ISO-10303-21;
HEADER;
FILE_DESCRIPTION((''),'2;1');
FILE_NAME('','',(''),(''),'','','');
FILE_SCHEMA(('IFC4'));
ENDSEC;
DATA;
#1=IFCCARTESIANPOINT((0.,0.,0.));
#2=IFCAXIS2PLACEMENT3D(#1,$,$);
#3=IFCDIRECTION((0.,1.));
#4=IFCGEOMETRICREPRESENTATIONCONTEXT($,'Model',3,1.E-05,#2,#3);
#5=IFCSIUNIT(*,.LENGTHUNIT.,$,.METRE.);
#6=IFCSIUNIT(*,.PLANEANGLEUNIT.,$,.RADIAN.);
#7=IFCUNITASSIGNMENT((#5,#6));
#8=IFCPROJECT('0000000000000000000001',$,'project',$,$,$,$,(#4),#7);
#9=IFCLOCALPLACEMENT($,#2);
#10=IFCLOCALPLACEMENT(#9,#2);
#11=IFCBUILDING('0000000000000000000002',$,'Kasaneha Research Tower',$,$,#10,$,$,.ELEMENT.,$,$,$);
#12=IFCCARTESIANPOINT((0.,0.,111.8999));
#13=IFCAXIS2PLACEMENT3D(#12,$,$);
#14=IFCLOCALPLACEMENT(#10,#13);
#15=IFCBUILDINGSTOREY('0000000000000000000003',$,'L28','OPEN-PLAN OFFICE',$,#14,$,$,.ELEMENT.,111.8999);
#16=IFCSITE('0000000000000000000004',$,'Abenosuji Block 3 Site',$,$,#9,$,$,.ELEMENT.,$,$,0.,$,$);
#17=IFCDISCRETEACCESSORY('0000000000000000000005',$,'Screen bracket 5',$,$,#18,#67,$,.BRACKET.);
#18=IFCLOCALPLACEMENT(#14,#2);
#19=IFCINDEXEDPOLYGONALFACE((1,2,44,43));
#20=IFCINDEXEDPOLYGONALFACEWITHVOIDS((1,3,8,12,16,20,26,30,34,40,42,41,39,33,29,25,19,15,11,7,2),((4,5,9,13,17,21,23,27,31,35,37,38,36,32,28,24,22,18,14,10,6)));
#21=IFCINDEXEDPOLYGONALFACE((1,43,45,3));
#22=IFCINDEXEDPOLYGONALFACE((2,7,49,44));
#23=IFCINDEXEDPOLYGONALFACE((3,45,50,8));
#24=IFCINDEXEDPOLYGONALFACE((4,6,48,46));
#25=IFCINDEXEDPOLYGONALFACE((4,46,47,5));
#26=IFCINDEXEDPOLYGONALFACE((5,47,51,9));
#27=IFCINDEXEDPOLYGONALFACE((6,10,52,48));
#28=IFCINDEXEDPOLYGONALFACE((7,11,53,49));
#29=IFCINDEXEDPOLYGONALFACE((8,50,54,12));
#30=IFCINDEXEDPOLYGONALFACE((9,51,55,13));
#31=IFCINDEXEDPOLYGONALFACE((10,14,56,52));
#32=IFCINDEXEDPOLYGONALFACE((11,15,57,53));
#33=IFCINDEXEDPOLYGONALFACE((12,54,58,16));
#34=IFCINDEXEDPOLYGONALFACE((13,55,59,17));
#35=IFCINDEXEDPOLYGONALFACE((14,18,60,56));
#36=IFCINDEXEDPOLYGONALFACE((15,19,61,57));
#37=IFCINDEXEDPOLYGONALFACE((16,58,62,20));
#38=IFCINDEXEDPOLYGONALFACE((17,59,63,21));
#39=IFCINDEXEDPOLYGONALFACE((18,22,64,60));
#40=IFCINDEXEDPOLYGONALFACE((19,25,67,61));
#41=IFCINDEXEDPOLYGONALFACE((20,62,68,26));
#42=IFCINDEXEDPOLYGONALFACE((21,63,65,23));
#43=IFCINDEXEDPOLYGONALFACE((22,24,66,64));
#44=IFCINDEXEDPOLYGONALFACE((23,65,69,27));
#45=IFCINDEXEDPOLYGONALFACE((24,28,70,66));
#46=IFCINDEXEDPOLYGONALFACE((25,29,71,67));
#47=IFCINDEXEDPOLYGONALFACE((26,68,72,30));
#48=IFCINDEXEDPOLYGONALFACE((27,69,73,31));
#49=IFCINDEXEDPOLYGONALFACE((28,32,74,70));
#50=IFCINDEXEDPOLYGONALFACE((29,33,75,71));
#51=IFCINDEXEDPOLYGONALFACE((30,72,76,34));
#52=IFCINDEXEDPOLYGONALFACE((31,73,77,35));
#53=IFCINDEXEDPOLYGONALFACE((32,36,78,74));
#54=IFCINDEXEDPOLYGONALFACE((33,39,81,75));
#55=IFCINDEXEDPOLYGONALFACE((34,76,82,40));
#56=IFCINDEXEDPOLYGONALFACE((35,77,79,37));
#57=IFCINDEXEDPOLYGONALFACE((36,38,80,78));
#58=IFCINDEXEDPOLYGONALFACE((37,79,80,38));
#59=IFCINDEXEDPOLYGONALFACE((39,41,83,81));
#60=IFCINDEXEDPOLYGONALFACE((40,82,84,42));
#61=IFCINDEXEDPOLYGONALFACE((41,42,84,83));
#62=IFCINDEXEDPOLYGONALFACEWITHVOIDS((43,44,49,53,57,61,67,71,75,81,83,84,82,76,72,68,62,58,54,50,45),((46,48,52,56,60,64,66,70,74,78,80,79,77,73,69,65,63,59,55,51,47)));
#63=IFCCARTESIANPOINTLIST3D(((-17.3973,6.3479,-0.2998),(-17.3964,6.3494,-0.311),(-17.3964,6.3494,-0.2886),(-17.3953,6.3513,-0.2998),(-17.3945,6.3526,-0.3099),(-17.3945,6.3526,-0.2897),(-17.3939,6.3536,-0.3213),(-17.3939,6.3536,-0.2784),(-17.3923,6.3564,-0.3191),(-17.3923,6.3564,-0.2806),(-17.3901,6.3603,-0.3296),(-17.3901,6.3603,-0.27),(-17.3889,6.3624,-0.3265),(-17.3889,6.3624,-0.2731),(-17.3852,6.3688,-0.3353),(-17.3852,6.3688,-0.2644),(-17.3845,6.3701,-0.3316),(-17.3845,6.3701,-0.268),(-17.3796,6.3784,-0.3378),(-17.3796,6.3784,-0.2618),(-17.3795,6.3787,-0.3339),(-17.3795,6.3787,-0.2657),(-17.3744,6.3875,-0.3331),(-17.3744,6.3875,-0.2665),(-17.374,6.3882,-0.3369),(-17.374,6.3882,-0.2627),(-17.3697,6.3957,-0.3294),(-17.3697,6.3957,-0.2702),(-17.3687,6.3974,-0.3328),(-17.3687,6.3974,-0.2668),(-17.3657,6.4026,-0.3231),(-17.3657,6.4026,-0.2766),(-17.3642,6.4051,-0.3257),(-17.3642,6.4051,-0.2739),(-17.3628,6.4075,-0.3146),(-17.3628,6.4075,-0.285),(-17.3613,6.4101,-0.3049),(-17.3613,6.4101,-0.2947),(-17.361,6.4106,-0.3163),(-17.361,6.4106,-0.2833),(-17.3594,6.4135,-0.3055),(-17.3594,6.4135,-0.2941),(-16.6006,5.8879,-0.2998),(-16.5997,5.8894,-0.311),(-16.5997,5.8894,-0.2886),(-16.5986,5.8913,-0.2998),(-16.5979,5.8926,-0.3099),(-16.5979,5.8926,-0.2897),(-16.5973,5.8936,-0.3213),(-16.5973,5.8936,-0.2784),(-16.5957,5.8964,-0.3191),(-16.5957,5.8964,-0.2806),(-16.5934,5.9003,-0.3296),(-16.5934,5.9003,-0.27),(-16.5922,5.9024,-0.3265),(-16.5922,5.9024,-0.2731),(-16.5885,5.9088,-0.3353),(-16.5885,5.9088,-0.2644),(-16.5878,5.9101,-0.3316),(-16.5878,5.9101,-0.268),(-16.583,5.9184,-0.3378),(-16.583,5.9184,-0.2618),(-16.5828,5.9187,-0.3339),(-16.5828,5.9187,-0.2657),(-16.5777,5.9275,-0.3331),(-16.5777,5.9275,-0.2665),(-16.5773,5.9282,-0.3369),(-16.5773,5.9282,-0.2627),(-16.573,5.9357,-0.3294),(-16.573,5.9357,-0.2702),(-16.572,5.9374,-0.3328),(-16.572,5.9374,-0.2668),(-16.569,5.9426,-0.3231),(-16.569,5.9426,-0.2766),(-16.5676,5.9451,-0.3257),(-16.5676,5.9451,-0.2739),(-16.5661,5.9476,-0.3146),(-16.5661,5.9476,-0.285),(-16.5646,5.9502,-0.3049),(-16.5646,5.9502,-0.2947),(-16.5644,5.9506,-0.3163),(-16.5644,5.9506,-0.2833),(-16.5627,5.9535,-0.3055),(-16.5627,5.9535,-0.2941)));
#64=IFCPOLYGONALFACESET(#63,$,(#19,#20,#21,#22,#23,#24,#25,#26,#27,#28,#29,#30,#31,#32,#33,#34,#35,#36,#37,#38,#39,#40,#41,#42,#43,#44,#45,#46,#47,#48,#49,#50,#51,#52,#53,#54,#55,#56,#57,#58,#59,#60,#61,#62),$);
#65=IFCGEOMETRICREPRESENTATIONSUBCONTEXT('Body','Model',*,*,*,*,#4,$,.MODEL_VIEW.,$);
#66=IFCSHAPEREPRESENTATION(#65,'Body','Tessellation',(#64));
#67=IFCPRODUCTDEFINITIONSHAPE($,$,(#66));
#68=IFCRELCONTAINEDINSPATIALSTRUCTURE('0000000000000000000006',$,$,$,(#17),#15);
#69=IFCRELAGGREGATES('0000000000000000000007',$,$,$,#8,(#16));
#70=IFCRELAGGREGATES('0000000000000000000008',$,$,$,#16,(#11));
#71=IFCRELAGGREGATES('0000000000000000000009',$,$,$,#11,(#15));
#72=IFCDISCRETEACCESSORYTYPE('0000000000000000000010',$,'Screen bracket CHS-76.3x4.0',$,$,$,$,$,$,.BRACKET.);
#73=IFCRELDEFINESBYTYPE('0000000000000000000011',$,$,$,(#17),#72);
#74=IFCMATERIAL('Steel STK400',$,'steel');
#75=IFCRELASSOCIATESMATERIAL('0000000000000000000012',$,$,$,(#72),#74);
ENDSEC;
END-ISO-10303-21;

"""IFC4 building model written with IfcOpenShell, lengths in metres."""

from ifc_helpers import new_model, si_unit, direction, frame, origin, origin_2d, place, context, subcontext, project, spatial, hollow_circle, extrude, material, material_profile, profile_set, type_object, element, save


model = new_model("IFC4")

# Units and contexts
model_context = context("Model", 3, precision=1e-05, world=origin(), true_north=direction((0.0, 1.0)))
body_context = subcontext(model_context, "Body", "Model", "MODEL_VIEW")
ifc_project = project(units=[si_unit("LENGTHUNIT", "METRE"), si_unit("PLANEANGLEUNIT", "RADIAN")], contexts=[model_context])

# Site, building, storey
site_placement = place(None, origin())
site = spatial("IfcSite", under=ifc_project, at=site_placement, Name="Abenosuji Block 3 Site", CompositionType="ELEMENT", RefElevation=0.0)
building_placement = place(site_placement, origin())
building = spatial("IfcBuilding", under=site, at=building_placement, Name="Kasaneha Research Tower", CompositionType="ELEMENT")
storey_placement = place(building_placement, frame((0.0, 0.0, 111.8999)))
storey = spatial("IfcBuildingStorey", under=building, at=storey_placement, Name="L28", Description="OPEN-PLAN OFFICE", CompositionType="ELEMENT", Elevation=111.8999)

# Discrete accessory
ifc_material_1 = material(Name="Steel STK400", Category="steel")
ifc_material_profile_1 = material_profile(ifc_material_1, hollow_circle(Radius=0.0381, WallThickness=0.0039, at=origin_2d()), Name="CHS-76.3x4.0")
ifc_profile_set_1 = profile_set([ifc_material_profile_1], Name="Steel STK400")
discrete_accessory_type = type_object("IfcDiscreteAccessoryType", Name="Screen bracket CHS-76.3x4.0", PredefinedType="BRACKET", material=ifc_profile_set_1)
for number, where, z_axis, x_axis, name in (
    (1, (-16.5815, 5.9209, -0.2998), (-0.866013, 0.500021, 0.0), (-0.500021, -0.866013, 0.0), "Screen bracket 5"),
):
    element("IfcDiscreteAccessory", number, at=place(storey_placement, frame(where, z_axis=z_axis, x_axis=x_axis)), inside=storey, type_object=discrete_accessory_type, Name=name, PredefinedType="BRACKET", context=body_context, shape_type="SweptSolid", body=[
        extrude(hollow_circle(Radius=0.0381, WallThickness=0.0039, at=origin_2d()), origin(), (0.0, 0.0, 1.0), 0.9199),
    ])

save(model, "model.ifc")
